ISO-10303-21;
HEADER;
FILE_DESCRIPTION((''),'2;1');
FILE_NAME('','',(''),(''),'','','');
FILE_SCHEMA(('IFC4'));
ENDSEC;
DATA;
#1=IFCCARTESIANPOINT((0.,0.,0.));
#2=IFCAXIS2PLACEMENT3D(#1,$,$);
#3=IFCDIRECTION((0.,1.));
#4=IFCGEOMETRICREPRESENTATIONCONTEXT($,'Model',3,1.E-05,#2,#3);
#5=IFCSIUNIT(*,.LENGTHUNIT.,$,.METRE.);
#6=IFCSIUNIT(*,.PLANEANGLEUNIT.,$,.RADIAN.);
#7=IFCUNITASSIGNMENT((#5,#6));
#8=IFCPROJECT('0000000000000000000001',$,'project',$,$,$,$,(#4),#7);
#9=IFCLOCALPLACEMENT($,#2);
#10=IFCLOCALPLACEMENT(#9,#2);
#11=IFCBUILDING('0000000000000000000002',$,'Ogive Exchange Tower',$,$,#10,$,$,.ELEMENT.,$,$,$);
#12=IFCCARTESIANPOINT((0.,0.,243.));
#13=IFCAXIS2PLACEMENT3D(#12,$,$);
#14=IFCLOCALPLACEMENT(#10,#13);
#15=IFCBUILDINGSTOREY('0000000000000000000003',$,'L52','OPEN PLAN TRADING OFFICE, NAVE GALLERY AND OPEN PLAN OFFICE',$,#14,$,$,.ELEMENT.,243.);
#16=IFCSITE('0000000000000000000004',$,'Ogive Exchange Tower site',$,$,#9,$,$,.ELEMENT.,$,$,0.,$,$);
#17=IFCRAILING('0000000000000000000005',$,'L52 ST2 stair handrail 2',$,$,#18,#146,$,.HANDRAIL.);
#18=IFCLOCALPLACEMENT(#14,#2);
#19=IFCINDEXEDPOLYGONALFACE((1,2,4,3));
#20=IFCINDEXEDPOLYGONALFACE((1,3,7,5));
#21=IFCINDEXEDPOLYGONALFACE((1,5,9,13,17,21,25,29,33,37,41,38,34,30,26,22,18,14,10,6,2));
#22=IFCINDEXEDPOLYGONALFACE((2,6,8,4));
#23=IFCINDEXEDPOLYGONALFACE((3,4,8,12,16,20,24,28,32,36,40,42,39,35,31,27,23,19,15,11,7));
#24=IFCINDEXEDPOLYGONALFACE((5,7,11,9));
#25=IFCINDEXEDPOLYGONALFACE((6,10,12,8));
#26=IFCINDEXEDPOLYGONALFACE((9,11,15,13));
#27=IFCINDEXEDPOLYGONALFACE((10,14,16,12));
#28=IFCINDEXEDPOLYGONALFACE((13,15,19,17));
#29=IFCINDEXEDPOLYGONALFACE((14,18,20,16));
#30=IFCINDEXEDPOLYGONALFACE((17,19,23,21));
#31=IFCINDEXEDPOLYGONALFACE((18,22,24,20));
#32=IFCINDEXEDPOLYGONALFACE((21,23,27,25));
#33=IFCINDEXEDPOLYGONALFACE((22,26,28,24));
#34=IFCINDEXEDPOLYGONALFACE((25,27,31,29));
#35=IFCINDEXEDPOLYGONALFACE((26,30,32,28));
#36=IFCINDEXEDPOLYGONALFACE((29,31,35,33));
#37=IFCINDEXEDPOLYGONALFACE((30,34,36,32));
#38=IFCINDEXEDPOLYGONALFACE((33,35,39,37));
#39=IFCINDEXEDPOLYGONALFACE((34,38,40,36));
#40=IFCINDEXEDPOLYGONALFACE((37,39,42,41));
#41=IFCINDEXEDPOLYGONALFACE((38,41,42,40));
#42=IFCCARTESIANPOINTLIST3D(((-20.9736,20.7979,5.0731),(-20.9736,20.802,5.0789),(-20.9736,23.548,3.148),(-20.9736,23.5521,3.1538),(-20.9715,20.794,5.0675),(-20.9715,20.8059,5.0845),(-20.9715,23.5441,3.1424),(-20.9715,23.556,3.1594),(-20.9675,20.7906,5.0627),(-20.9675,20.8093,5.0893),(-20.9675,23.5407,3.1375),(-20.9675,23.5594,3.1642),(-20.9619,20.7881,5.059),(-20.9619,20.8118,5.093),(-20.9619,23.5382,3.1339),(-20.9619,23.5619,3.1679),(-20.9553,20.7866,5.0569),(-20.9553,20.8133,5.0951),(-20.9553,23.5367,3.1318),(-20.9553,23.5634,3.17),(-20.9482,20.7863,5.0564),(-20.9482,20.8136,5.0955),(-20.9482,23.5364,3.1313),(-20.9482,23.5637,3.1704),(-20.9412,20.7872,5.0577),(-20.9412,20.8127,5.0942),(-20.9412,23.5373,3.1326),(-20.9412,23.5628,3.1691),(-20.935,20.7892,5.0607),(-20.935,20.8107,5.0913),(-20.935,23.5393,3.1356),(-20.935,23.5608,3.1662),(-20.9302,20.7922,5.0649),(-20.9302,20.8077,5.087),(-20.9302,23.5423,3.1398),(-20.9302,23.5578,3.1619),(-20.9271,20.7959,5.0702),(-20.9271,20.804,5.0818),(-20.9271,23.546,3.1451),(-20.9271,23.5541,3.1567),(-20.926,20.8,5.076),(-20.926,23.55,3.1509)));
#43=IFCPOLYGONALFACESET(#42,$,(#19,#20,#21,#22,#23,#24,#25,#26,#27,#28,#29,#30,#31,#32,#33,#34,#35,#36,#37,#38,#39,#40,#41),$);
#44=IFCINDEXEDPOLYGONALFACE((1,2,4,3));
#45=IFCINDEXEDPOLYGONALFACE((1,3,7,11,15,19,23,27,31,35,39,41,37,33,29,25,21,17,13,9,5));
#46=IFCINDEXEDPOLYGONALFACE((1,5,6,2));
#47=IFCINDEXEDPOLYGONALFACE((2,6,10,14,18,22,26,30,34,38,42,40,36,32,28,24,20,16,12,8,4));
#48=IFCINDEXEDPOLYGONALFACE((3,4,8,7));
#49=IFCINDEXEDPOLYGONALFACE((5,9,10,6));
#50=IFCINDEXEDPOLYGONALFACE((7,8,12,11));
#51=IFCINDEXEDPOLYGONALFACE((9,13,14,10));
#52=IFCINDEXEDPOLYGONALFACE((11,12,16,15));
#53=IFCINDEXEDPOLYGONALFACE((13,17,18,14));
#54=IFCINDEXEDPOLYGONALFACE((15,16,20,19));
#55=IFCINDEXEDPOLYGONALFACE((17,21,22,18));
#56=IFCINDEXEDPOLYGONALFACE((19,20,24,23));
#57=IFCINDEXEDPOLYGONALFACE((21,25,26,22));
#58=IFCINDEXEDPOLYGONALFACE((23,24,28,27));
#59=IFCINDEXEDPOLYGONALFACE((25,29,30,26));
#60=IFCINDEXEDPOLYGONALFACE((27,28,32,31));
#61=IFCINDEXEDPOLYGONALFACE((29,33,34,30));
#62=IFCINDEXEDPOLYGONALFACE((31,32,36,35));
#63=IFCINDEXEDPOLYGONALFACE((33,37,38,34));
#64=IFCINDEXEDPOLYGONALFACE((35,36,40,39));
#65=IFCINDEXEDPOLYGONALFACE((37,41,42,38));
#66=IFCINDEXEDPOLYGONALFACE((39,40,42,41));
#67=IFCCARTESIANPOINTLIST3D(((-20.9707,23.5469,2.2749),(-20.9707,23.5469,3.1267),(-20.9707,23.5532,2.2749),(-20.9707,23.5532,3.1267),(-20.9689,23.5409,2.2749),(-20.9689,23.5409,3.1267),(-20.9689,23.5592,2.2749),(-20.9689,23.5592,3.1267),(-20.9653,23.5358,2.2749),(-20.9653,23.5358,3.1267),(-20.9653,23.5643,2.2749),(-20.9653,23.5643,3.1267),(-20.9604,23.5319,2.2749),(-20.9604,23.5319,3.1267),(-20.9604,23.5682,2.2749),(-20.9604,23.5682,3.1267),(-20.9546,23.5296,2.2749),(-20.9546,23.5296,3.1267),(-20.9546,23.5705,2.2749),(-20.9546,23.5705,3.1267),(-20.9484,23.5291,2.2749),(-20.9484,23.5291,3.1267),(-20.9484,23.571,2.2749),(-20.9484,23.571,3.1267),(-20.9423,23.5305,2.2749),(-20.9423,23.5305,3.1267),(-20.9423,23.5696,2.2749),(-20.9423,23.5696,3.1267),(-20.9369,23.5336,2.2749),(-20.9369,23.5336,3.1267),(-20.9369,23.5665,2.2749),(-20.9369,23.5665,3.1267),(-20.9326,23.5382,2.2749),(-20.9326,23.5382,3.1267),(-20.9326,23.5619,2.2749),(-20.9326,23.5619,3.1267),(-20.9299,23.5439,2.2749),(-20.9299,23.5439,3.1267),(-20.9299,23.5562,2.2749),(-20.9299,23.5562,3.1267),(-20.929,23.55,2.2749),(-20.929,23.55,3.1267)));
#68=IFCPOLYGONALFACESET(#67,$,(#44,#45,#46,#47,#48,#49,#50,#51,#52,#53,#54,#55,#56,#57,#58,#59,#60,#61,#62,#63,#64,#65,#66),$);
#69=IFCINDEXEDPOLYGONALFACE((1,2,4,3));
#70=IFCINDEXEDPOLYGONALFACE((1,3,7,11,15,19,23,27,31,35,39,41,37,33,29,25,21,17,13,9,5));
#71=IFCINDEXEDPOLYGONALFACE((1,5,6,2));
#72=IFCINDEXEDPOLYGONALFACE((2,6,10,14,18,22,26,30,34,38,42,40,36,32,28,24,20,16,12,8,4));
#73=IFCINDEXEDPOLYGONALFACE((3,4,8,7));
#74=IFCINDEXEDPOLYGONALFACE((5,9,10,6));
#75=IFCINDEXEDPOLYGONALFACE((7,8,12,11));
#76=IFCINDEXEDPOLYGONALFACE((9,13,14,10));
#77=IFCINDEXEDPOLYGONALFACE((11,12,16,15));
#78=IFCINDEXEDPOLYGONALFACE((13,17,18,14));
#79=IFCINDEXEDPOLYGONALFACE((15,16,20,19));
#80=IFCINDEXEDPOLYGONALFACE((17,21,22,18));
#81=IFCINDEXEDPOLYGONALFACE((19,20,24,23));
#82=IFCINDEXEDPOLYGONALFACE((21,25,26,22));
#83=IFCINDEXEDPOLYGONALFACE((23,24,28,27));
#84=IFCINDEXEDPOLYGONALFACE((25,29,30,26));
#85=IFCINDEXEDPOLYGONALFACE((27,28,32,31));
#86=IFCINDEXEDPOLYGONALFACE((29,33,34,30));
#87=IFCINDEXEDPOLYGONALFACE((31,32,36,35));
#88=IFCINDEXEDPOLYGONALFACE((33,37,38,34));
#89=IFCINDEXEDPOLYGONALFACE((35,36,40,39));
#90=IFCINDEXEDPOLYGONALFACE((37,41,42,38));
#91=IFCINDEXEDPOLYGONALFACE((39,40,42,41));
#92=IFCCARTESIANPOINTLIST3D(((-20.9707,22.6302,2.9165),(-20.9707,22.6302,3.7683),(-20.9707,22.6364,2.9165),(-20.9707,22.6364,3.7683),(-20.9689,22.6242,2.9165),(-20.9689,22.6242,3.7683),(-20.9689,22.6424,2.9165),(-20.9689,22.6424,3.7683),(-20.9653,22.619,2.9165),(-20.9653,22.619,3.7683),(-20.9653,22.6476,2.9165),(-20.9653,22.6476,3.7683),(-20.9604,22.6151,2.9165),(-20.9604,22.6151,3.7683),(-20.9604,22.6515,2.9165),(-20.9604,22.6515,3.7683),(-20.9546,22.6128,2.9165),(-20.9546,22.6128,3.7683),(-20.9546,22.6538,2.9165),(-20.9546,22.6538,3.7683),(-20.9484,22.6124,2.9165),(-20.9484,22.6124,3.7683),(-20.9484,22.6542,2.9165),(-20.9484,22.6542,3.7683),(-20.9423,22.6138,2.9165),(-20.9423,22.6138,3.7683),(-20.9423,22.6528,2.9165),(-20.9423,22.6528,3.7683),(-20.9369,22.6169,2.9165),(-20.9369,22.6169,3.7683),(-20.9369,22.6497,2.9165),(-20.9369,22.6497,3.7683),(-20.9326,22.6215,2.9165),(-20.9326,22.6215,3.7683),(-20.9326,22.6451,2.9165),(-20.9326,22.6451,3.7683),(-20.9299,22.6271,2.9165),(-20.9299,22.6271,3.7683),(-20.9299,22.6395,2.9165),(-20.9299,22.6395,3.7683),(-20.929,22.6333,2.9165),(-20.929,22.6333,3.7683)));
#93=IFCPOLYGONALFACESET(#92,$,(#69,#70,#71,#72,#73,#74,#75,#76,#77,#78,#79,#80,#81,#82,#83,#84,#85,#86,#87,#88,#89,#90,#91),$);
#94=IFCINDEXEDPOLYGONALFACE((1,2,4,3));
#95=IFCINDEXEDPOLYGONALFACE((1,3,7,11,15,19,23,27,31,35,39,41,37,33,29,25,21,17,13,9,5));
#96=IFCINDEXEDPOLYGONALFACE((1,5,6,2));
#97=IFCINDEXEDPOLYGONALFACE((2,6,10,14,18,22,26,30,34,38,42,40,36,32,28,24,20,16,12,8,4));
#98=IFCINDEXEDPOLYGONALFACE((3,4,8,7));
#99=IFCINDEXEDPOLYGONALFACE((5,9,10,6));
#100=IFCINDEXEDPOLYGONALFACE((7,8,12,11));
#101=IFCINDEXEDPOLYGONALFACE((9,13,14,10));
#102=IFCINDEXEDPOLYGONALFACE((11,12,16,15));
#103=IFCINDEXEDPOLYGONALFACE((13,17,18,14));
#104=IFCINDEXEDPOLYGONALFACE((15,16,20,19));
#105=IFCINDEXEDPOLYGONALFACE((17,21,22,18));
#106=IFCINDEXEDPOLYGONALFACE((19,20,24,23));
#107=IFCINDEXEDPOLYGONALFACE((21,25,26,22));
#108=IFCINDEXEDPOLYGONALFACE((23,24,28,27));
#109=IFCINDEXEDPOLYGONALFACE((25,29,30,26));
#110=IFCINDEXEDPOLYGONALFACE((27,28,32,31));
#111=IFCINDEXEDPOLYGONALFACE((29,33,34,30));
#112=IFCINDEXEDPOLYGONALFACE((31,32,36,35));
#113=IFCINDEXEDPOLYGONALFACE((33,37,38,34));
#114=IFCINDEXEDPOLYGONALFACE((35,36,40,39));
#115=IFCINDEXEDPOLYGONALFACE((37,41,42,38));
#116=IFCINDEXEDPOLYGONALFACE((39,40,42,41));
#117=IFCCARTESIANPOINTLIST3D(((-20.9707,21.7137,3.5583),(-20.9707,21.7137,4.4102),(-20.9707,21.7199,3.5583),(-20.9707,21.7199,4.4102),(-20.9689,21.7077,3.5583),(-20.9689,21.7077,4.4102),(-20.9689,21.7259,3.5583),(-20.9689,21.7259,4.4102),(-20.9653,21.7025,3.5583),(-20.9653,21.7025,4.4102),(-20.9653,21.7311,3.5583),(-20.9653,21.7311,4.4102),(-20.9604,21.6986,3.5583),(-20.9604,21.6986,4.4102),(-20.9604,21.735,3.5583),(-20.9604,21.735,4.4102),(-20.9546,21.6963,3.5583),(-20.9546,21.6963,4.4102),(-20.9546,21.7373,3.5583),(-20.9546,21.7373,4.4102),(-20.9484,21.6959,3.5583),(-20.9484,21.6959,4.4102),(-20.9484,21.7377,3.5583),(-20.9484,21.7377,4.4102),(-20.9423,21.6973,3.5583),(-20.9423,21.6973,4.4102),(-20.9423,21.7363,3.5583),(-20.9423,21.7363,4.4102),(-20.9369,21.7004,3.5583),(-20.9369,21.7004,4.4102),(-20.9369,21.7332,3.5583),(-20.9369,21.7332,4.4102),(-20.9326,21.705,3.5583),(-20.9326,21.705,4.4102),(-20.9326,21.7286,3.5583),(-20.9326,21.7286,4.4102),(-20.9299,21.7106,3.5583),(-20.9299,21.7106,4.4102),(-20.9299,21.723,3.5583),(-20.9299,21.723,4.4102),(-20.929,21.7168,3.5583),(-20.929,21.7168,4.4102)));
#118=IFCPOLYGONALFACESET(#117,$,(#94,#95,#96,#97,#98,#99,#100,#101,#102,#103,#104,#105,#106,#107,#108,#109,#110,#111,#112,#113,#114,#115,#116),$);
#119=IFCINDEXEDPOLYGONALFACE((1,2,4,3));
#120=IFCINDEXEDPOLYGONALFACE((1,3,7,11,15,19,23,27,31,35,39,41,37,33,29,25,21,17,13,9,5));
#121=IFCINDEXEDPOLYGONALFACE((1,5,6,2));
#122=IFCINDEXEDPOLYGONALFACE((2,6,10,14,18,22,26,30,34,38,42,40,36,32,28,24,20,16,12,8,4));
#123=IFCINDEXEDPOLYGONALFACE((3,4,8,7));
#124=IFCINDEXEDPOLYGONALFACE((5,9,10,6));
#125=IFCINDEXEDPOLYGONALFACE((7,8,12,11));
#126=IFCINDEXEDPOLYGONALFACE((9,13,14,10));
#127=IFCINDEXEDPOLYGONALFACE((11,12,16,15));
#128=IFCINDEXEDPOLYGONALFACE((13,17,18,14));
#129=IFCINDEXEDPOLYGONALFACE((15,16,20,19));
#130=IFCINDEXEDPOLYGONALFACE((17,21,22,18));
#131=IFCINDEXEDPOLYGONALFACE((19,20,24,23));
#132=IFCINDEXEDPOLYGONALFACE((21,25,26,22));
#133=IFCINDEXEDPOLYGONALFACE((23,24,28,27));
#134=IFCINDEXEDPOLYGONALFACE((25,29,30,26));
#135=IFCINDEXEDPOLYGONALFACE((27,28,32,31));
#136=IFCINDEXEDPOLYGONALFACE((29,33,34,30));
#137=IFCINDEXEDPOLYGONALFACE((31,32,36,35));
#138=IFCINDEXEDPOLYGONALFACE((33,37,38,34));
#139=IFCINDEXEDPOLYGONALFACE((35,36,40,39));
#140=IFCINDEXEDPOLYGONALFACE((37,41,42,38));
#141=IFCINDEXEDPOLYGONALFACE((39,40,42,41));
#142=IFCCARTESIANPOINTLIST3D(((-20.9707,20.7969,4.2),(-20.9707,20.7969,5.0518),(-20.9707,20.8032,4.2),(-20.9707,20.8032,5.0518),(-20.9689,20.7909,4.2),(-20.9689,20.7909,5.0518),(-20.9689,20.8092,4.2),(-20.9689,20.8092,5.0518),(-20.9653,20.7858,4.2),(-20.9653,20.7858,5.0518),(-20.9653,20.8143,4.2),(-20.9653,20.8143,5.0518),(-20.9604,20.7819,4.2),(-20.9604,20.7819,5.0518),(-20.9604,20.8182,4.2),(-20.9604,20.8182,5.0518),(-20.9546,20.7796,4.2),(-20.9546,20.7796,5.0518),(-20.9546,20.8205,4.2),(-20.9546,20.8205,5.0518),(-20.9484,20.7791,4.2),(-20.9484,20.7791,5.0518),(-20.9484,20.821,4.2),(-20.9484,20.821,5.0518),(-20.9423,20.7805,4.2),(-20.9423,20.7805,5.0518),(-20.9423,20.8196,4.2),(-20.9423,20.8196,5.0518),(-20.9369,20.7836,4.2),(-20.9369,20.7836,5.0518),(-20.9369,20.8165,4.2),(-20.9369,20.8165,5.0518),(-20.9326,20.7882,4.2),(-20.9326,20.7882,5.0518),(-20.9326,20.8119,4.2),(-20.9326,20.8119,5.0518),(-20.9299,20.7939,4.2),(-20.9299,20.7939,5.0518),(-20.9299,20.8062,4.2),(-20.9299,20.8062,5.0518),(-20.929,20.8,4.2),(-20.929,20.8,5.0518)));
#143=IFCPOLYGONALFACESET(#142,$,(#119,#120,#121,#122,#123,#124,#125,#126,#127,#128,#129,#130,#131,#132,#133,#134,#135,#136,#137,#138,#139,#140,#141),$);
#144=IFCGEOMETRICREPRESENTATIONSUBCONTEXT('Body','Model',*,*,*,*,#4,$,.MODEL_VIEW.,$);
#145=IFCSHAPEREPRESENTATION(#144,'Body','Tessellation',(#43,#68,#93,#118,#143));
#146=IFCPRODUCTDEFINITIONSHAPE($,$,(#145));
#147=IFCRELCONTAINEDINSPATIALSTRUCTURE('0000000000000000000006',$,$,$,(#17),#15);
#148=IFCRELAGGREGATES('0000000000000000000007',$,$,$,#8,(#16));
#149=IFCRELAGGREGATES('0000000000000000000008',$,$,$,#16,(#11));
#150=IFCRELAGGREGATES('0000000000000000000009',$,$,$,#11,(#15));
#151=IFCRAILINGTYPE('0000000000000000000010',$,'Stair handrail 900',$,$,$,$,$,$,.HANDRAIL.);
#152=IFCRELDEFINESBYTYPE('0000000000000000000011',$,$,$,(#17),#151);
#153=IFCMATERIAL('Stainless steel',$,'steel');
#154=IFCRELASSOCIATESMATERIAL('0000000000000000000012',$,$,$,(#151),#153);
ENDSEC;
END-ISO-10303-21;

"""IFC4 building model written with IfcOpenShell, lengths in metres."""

from ifc_helpers import new_model, si_unit, direction, frame, origin, origin_2d, place, context, subcontext, project, spatial, circle, extrude, material, type_object, element, save


model = new_model("IFC4")

# Units and contexts
model_context = context("Model", 3, precision=1e-05, world=origin(), true_north=direction((0.0, 1.0)))
body_context = subcontext(model_context, "Body", "Model", "MODEL_VIEW")
ifc_project = project(units=[si_unit("LENGTHUNIT", "METRE"), si_unit("PLANEANGLEUNIT", "RADIAN")], contexts=[model_context])

# Site, building, storey
site_placement = place(None, origin())
site = spatial("IfcSite", under=ifc_project, at=site_placement, Name="Ogive Exchange Tower site", CompositionType="ELEMENT", RefElevation=0.0)
building_placement = place(site_placement, origin())
building = spatial("IfcBuilding", under=site, at=building_placement, Name="Ogive Exchange Tower", CompositionType="ELEMENT")
storey_placement = place(building_placement, frame((0.0, 0.0, 243.0)))
storey = spatial("IfcBuildingStorey", under=building, at=storey_placement, Name="L52", Description="OPEN PLAN TRADING OFFICE, NAVE GALLERY AND OPEN PLAN OFFICE", CompositionType="ELEMENT", Elevation=243.0)

# Railing
ifc_material_1 = material(Name="Stainless steel", Category="steel")
railing_type = type_object("IfcRailingType", Name="Stair handrail 900", PredefinedType="HANDRAIL", material=ifc_material_1)
railing_placement = place(storey_placement, frame((-20.95, 23.55, 2.2749)))
element("IfcRailing", 1, at=railing_placement, inside=storey, type_object=railing_type, Name="L52 ST2 stair handrail 2", PredefinedType="HANDRAIL", context=body_context, shape_type="SweptSolid", body=[
    extrude(circle(Radius=0.0239, at=origin_2d()), frame((0.0, 0.0, 0.876), z_axis=(0.0, -0.819225, 0.573472), x_axis=(1.0, 0.0, 0.0)), (0.0, 0.0, 1.0), 3.3569),
    extrude(circle(Radius=0.021, at=origin_2d()), origin(), (0.0, 0.0, 1.0), 0.8518),
    extrude(circle(Radius=0.021, at=origin_2d()), frame((0.0, -0.9167, 0.6416)), (0.0, 0.0, 1.0), 0.8518),
    extrude(circle(Radius=0.021, at=origin_2d()), frame((0.0, -1.8333, 1.2834)), (0.0, 0.0, 1.0), 0.8518),
    extrude(circle(Radius=0.021, at=origin_2d()), frame((0.0, -2.75, 1.925)), (0.0, 0.0, 1.0), 0.8518),
])

save(model, "model.ifc")
